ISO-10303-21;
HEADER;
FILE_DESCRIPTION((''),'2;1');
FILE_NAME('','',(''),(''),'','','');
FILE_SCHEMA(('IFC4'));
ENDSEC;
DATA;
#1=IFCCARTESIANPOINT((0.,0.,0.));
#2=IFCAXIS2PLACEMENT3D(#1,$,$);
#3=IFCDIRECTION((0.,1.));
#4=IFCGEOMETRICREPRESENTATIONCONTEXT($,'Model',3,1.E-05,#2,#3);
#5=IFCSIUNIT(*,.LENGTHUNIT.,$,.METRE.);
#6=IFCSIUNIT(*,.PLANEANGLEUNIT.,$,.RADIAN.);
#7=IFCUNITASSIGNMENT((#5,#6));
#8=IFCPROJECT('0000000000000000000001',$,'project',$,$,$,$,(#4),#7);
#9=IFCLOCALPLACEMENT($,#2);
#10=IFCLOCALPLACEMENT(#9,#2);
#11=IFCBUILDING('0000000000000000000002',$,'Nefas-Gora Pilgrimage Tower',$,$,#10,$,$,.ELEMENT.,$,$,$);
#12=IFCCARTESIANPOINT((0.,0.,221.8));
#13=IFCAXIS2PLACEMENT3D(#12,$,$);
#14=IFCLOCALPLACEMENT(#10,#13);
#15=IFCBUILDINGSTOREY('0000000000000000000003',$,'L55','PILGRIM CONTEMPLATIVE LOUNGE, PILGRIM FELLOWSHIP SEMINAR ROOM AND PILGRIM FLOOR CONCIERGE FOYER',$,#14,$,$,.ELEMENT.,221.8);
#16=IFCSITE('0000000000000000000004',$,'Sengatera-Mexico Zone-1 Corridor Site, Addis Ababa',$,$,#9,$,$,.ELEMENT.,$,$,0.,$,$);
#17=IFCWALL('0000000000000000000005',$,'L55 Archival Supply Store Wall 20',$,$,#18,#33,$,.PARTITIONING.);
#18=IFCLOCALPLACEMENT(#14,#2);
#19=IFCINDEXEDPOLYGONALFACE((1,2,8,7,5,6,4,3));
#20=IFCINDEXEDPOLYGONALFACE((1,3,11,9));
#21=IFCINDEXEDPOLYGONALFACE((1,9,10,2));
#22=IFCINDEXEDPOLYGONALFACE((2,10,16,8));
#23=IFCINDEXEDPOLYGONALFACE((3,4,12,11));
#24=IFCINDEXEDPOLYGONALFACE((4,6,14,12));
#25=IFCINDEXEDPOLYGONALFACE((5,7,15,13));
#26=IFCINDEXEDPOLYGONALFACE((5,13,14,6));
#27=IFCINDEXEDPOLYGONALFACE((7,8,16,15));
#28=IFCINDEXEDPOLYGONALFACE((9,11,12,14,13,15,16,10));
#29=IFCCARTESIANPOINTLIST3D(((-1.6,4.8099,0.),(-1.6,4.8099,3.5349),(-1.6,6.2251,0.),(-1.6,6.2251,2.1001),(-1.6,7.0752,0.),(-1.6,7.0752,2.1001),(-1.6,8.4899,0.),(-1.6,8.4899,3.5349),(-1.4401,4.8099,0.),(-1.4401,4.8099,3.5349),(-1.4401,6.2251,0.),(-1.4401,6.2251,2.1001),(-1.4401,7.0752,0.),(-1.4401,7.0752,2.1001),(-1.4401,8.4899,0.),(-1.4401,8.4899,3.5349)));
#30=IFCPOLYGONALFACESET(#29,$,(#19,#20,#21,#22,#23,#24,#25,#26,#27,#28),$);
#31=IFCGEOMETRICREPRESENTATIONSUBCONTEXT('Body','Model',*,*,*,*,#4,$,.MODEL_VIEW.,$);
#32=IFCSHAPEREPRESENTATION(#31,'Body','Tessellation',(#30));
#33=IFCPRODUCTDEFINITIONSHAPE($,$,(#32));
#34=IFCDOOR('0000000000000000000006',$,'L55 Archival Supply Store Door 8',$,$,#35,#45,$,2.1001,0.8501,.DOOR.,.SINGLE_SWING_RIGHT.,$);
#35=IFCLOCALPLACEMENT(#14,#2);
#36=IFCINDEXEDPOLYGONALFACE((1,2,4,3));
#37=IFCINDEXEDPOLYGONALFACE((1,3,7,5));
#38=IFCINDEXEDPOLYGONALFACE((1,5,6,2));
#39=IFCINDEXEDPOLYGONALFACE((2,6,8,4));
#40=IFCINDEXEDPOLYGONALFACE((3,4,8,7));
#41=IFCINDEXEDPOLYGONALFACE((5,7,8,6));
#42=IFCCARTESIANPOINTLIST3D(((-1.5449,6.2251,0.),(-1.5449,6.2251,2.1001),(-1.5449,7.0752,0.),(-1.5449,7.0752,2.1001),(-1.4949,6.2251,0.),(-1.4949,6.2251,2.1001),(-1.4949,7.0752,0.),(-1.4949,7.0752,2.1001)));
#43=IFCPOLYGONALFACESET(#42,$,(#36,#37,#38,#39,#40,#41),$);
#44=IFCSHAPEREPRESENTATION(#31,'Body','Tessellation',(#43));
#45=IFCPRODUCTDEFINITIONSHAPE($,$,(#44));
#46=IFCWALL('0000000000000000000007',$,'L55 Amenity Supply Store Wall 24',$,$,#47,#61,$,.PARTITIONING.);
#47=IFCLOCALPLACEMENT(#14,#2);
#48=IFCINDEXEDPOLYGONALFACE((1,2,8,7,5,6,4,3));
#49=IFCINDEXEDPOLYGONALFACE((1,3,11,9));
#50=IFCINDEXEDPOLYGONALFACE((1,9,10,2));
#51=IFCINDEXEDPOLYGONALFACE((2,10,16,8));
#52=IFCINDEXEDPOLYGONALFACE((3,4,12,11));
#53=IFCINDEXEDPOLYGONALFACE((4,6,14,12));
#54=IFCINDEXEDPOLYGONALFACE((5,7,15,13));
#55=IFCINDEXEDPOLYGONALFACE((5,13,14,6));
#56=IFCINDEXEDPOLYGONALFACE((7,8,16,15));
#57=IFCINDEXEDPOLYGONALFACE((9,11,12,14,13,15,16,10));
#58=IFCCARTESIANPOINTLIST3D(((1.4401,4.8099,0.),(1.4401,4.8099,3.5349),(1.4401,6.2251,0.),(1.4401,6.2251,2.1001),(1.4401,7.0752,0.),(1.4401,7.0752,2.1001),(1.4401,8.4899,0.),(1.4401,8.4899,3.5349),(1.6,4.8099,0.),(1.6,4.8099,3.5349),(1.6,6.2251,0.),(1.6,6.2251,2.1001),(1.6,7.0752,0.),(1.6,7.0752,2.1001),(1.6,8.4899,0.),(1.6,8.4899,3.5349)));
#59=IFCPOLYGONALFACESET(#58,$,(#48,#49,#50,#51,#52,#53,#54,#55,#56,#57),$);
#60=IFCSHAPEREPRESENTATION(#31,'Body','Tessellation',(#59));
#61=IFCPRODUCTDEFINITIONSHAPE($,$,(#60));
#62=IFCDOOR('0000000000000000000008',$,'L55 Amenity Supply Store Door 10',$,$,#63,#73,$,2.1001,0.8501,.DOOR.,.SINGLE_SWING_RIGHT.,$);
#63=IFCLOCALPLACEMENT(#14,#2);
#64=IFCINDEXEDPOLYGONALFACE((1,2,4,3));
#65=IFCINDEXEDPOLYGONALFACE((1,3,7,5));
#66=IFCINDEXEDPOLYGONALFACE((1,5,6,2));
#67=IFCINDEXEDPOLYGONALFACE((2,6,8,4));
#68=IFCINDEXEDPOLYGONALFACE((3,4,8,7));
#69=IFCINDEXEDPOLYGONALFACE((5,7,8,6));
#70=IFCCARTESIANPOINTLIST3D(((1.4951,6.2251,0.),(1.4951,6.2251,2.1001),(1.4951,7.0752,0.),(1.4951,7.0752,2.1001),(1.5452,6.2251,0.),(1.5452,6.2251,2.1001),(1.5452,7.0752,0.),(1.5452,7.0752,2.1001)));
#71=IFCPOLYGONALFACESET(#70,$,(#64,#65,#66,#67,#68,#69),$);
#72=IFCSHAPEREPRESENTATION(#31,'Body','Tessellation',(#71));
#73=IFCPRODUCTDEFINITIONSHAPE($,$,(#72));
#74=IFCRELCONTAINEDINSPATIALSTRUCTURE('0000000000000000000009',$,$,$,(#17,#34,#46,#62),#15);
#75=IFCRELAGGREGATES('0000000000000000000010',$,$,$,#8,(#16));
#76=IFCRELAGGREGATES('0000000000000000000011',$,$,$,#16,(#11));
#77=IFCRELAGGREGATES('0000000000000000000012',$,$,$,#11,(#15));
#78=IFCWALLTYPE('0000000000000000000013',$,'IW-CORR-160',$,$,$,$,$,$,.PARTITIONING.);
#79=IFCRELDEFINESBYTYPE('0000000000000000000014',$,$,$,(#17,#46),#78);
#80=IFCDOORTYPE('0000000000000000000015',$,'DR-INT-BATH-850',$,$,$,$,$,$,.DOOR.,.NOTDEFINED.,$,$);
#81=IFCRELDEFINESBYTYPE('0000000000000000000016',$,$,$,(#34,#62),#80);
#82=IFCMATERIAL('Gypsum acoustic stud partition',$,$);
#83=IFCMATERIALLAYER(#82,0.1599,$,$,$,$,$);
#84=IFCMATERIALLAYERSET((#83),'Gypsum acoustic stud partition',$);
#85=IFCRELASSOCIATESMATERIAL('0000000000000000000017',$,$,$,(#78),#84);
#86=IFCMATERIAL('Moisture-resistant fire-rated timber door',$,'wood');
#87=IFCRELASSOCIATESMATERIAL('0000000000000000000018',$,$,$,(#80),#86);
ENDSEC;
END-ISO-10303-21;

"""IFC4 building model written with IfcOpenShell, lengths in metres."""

from ifc_helpers import new_model, si_unit, direction, frame, frame_2d, origin, place, context, subcontext, project, spatial, rectangle, extrude, source, transform, mapped, material, layer, layer_set, type_object, element, fill, save


model = new_model("IFC4")

# Units and contexts
model_context = context("Model", 3, precision=1e-05, world=origin(), true_north=direction((0.0, 1.0)))
body_context = subcontext(model_context, "Body", "Model", "MODEL_VIEW")
ifc_project = project(units=[si_unit("LENGTHUNIT", "METRE"), si_unit("PLANEANGLEUNIT", "RADIAN")], contexts=[model_context])

# Site, building, storey
site_placement = place(None, origin())
site = spatial("IfcSite", under=ifc_project, at=site_placement, Name="Sengatera-Mexico Zone-1 Corridor Site, Addis Ababa", CompositionType="ELEMENT", RefElevation=0.0)
building_placement = place(site_placement, origin())
building = spatial("IfcBuilding", under=site, at=building_placement, Name="Nefas-Gora Pilgrimage Tower", CompositionType="ELEMENT")
storey_placement = place(building_placement, frame((0.0, 0.0, 221.8)))
storey = spatial("IfcBuildingStorey", under=building, at=storey_placement, Name="L55", Description="PILGRIM CONTEMPLATIVE LOUNGE, PILGRIM FELLOWSHIP SEMINAR ROOM AND PILGRIM FLOOR CONCIERGE FOYER", CompositionType="ELEMENT", Elevation=221.8)

# Shared definitions
ifc_material_1 = material(Name="Gypsum acoustic stud partition")
ifc_layer_1 = layer(ifc_material_1, 0.1599)
ifc_layer_set_1 = layer_set([ifc_layer_1], Name="Gypsum acoustic stud partition")
wall_type_1 = type_object("IfcWallType", Name="IW-CORR-160", PredefinedType="PARTITIONING", material=ifc_layer_set_1)

# Walls, openings, doors
ifc_material_2 = material(Name="Moisture-resistant fire-rated timber door", Category="wood")
door_type_1 = type_object("IfcDoorType", Name="DR-INT-BATH-850", OperationType="NOTDEFINED", PredefinedType="DOOR", material=ifc_material_2)
shared_shape_1 = source(origin(), body_context, "Body", "SweptSolid", [
    extrude(rectangle(XDim=0.8501, YDim=2.1001, at=frame_2d((0.425, 1.05))), frame((0.0, 0.0249, 0.0), z_axis=(0.0, -1.0, 0.0), x_axis=(1.0, 0.0, 0.0)), (0.0, 0.0, 1.0), 0.05),
])
shared_shape_2 = source(origin(), body_context, "Body", "SweptSolid", [
    extrude(rectangle(XDim=3.6799, YDim=0.1599, at=frame_2d((1.8398, 0.0))), origin(), (0.0, 0.0, 1.0), 3.5349),
])
wall_1_placement = place(storey_placement, frame((-1.52, 4.8101, 0.0), z_axis=(0.0, 0.0, 1.0), x_axis=(0.0, 1.0, 0.0)))
wall_1 = element("IfcWall", 1, at=wall_1_placement, inside=storey, type_object=wall_type_1, Name="L55 Archival Supply Store Wall 20", PredefinedType="PARTITIONING", context=body_context, shape_type="MappedRepresentation", body=[
    mapped(shared_shape_2, transform((0.0, 0.0, 0.0), x_axis=(1.0, 0.0, 0.0), y_axis=(0.0, 1.0, 0.0), z_axis=(0.0, 0.0, 1.0), scale=1.0)),
])
opening_1_placement = place(wall_1_placement, frame((1.415, 0.0, 0.0)))
opening_1 = element("IfcOpeningElement", 2, at=opening_1_placement, cuts=wall_1, PredefinedType="OPENING", context=body_context, shape_type="SweptSolid", body=[
    extrude(rectangle(XDim=0.8501, YDim=2.1001, at=frame_2d((0.425, 1.05))), frame((0.0, 0.0898, 0.0), z_axis=(0.0, -1.0, 0.0), x_axis=(1.0, 0.0, 0.0)), (0.0, 0.0, 1.0), 0.1799),
])
door_1_placement = place(opening_1_placement, origin())
door_1 = element("IfcDoor", 3, at=door_1_placement, inside=storey, type_object=door_type_1, Name="L55 Archival Supply Store Door 8", OperationType="SINGLE_SWING_RIGHT", OverallHeight=2.1001, OverallWidth=0.8501, PredefinedType="DOOR", context=body_context, shape_type="MappedRepresentation", body=[
    mapped(shared_shape_1, transform((0.0, 0.0, 0.0), x_axis=(1.0, 0.0, 0.0), y_axis=(0.0, 1.0, 0.0), z_axis=(0.0, 0.0, 1.0), scale=1.0)),
])
fill(opening_1, door_1)
wall_2_placement = place(storey_placement, frame((1.52, 4.8101, 0.0), z_axis=(0.0, 0.0, 1.0), x_axis=(0.0, 1.0, 0.0)))
wall_2 = element("IfcWall", 4, at=wall_2_placement, inside=storey, type_object=wall_type_1, Name="L55 Amenity Supply Store Wall 24", PredefinedType="PARTITIONING", context=body_context, shape_type="MappedRepresentation", body=[
    mapped(shared_shape_2, transform((0.0, 0.0, 0.0), x_axis=(1.0, 0.0, 0.0), y_axis=(0.0, 1.0, 0.0), z_axis=(0.0, 0.0, 1.0), scale=1.0)),
])
opening_2_placement = place(wall_2_placement, frame((1.415, 0.0, 0.0)))
opening_2 = element("IfcOpeningElement", 5, at=opening_2_placement, cuts=wall_2, PredefinedType="OPENING", context=body_context, shape_type="SweptSolid", body=[
    extrude(rectangle(XDim=0.8501, YDim=2.1001, at=frame_2d((0.425, 1.05))), frame((0.0, 0.0898, 0.0), z_axis=(0.0, -1.0, 0.0), x_axis=(1.0, 0.0, 0.0)), (0.0, 0.0, 1.0), 0.1799),
])
door_2_placement = place(opening_2_placement, origin())
door_2 = element("IfcDoor", 6, at=door_2_placement, inside=storey, type_object=door_type_1, Name="L55 Amenity Supply Store Door 10", OperationType="SINGLE_SWING_RIGHT", OverallHeight=2.1001, OverallWidth=0.8501, PredefinedType="DOOR", context=body_context, shape_type="MappedRepresentation", body=[
    mapped(shared_shape_1, transform((0.0, 0.0, 0.0), x_axis=(1.0, 0.0, 0.0), y_axis=(0.0, 1.0, 0.0), z_axis=(0.0, 0.0, 1.0), scale=1.0)),
])
fill(opening_2, door_2)

save(model, "model.ifc")
